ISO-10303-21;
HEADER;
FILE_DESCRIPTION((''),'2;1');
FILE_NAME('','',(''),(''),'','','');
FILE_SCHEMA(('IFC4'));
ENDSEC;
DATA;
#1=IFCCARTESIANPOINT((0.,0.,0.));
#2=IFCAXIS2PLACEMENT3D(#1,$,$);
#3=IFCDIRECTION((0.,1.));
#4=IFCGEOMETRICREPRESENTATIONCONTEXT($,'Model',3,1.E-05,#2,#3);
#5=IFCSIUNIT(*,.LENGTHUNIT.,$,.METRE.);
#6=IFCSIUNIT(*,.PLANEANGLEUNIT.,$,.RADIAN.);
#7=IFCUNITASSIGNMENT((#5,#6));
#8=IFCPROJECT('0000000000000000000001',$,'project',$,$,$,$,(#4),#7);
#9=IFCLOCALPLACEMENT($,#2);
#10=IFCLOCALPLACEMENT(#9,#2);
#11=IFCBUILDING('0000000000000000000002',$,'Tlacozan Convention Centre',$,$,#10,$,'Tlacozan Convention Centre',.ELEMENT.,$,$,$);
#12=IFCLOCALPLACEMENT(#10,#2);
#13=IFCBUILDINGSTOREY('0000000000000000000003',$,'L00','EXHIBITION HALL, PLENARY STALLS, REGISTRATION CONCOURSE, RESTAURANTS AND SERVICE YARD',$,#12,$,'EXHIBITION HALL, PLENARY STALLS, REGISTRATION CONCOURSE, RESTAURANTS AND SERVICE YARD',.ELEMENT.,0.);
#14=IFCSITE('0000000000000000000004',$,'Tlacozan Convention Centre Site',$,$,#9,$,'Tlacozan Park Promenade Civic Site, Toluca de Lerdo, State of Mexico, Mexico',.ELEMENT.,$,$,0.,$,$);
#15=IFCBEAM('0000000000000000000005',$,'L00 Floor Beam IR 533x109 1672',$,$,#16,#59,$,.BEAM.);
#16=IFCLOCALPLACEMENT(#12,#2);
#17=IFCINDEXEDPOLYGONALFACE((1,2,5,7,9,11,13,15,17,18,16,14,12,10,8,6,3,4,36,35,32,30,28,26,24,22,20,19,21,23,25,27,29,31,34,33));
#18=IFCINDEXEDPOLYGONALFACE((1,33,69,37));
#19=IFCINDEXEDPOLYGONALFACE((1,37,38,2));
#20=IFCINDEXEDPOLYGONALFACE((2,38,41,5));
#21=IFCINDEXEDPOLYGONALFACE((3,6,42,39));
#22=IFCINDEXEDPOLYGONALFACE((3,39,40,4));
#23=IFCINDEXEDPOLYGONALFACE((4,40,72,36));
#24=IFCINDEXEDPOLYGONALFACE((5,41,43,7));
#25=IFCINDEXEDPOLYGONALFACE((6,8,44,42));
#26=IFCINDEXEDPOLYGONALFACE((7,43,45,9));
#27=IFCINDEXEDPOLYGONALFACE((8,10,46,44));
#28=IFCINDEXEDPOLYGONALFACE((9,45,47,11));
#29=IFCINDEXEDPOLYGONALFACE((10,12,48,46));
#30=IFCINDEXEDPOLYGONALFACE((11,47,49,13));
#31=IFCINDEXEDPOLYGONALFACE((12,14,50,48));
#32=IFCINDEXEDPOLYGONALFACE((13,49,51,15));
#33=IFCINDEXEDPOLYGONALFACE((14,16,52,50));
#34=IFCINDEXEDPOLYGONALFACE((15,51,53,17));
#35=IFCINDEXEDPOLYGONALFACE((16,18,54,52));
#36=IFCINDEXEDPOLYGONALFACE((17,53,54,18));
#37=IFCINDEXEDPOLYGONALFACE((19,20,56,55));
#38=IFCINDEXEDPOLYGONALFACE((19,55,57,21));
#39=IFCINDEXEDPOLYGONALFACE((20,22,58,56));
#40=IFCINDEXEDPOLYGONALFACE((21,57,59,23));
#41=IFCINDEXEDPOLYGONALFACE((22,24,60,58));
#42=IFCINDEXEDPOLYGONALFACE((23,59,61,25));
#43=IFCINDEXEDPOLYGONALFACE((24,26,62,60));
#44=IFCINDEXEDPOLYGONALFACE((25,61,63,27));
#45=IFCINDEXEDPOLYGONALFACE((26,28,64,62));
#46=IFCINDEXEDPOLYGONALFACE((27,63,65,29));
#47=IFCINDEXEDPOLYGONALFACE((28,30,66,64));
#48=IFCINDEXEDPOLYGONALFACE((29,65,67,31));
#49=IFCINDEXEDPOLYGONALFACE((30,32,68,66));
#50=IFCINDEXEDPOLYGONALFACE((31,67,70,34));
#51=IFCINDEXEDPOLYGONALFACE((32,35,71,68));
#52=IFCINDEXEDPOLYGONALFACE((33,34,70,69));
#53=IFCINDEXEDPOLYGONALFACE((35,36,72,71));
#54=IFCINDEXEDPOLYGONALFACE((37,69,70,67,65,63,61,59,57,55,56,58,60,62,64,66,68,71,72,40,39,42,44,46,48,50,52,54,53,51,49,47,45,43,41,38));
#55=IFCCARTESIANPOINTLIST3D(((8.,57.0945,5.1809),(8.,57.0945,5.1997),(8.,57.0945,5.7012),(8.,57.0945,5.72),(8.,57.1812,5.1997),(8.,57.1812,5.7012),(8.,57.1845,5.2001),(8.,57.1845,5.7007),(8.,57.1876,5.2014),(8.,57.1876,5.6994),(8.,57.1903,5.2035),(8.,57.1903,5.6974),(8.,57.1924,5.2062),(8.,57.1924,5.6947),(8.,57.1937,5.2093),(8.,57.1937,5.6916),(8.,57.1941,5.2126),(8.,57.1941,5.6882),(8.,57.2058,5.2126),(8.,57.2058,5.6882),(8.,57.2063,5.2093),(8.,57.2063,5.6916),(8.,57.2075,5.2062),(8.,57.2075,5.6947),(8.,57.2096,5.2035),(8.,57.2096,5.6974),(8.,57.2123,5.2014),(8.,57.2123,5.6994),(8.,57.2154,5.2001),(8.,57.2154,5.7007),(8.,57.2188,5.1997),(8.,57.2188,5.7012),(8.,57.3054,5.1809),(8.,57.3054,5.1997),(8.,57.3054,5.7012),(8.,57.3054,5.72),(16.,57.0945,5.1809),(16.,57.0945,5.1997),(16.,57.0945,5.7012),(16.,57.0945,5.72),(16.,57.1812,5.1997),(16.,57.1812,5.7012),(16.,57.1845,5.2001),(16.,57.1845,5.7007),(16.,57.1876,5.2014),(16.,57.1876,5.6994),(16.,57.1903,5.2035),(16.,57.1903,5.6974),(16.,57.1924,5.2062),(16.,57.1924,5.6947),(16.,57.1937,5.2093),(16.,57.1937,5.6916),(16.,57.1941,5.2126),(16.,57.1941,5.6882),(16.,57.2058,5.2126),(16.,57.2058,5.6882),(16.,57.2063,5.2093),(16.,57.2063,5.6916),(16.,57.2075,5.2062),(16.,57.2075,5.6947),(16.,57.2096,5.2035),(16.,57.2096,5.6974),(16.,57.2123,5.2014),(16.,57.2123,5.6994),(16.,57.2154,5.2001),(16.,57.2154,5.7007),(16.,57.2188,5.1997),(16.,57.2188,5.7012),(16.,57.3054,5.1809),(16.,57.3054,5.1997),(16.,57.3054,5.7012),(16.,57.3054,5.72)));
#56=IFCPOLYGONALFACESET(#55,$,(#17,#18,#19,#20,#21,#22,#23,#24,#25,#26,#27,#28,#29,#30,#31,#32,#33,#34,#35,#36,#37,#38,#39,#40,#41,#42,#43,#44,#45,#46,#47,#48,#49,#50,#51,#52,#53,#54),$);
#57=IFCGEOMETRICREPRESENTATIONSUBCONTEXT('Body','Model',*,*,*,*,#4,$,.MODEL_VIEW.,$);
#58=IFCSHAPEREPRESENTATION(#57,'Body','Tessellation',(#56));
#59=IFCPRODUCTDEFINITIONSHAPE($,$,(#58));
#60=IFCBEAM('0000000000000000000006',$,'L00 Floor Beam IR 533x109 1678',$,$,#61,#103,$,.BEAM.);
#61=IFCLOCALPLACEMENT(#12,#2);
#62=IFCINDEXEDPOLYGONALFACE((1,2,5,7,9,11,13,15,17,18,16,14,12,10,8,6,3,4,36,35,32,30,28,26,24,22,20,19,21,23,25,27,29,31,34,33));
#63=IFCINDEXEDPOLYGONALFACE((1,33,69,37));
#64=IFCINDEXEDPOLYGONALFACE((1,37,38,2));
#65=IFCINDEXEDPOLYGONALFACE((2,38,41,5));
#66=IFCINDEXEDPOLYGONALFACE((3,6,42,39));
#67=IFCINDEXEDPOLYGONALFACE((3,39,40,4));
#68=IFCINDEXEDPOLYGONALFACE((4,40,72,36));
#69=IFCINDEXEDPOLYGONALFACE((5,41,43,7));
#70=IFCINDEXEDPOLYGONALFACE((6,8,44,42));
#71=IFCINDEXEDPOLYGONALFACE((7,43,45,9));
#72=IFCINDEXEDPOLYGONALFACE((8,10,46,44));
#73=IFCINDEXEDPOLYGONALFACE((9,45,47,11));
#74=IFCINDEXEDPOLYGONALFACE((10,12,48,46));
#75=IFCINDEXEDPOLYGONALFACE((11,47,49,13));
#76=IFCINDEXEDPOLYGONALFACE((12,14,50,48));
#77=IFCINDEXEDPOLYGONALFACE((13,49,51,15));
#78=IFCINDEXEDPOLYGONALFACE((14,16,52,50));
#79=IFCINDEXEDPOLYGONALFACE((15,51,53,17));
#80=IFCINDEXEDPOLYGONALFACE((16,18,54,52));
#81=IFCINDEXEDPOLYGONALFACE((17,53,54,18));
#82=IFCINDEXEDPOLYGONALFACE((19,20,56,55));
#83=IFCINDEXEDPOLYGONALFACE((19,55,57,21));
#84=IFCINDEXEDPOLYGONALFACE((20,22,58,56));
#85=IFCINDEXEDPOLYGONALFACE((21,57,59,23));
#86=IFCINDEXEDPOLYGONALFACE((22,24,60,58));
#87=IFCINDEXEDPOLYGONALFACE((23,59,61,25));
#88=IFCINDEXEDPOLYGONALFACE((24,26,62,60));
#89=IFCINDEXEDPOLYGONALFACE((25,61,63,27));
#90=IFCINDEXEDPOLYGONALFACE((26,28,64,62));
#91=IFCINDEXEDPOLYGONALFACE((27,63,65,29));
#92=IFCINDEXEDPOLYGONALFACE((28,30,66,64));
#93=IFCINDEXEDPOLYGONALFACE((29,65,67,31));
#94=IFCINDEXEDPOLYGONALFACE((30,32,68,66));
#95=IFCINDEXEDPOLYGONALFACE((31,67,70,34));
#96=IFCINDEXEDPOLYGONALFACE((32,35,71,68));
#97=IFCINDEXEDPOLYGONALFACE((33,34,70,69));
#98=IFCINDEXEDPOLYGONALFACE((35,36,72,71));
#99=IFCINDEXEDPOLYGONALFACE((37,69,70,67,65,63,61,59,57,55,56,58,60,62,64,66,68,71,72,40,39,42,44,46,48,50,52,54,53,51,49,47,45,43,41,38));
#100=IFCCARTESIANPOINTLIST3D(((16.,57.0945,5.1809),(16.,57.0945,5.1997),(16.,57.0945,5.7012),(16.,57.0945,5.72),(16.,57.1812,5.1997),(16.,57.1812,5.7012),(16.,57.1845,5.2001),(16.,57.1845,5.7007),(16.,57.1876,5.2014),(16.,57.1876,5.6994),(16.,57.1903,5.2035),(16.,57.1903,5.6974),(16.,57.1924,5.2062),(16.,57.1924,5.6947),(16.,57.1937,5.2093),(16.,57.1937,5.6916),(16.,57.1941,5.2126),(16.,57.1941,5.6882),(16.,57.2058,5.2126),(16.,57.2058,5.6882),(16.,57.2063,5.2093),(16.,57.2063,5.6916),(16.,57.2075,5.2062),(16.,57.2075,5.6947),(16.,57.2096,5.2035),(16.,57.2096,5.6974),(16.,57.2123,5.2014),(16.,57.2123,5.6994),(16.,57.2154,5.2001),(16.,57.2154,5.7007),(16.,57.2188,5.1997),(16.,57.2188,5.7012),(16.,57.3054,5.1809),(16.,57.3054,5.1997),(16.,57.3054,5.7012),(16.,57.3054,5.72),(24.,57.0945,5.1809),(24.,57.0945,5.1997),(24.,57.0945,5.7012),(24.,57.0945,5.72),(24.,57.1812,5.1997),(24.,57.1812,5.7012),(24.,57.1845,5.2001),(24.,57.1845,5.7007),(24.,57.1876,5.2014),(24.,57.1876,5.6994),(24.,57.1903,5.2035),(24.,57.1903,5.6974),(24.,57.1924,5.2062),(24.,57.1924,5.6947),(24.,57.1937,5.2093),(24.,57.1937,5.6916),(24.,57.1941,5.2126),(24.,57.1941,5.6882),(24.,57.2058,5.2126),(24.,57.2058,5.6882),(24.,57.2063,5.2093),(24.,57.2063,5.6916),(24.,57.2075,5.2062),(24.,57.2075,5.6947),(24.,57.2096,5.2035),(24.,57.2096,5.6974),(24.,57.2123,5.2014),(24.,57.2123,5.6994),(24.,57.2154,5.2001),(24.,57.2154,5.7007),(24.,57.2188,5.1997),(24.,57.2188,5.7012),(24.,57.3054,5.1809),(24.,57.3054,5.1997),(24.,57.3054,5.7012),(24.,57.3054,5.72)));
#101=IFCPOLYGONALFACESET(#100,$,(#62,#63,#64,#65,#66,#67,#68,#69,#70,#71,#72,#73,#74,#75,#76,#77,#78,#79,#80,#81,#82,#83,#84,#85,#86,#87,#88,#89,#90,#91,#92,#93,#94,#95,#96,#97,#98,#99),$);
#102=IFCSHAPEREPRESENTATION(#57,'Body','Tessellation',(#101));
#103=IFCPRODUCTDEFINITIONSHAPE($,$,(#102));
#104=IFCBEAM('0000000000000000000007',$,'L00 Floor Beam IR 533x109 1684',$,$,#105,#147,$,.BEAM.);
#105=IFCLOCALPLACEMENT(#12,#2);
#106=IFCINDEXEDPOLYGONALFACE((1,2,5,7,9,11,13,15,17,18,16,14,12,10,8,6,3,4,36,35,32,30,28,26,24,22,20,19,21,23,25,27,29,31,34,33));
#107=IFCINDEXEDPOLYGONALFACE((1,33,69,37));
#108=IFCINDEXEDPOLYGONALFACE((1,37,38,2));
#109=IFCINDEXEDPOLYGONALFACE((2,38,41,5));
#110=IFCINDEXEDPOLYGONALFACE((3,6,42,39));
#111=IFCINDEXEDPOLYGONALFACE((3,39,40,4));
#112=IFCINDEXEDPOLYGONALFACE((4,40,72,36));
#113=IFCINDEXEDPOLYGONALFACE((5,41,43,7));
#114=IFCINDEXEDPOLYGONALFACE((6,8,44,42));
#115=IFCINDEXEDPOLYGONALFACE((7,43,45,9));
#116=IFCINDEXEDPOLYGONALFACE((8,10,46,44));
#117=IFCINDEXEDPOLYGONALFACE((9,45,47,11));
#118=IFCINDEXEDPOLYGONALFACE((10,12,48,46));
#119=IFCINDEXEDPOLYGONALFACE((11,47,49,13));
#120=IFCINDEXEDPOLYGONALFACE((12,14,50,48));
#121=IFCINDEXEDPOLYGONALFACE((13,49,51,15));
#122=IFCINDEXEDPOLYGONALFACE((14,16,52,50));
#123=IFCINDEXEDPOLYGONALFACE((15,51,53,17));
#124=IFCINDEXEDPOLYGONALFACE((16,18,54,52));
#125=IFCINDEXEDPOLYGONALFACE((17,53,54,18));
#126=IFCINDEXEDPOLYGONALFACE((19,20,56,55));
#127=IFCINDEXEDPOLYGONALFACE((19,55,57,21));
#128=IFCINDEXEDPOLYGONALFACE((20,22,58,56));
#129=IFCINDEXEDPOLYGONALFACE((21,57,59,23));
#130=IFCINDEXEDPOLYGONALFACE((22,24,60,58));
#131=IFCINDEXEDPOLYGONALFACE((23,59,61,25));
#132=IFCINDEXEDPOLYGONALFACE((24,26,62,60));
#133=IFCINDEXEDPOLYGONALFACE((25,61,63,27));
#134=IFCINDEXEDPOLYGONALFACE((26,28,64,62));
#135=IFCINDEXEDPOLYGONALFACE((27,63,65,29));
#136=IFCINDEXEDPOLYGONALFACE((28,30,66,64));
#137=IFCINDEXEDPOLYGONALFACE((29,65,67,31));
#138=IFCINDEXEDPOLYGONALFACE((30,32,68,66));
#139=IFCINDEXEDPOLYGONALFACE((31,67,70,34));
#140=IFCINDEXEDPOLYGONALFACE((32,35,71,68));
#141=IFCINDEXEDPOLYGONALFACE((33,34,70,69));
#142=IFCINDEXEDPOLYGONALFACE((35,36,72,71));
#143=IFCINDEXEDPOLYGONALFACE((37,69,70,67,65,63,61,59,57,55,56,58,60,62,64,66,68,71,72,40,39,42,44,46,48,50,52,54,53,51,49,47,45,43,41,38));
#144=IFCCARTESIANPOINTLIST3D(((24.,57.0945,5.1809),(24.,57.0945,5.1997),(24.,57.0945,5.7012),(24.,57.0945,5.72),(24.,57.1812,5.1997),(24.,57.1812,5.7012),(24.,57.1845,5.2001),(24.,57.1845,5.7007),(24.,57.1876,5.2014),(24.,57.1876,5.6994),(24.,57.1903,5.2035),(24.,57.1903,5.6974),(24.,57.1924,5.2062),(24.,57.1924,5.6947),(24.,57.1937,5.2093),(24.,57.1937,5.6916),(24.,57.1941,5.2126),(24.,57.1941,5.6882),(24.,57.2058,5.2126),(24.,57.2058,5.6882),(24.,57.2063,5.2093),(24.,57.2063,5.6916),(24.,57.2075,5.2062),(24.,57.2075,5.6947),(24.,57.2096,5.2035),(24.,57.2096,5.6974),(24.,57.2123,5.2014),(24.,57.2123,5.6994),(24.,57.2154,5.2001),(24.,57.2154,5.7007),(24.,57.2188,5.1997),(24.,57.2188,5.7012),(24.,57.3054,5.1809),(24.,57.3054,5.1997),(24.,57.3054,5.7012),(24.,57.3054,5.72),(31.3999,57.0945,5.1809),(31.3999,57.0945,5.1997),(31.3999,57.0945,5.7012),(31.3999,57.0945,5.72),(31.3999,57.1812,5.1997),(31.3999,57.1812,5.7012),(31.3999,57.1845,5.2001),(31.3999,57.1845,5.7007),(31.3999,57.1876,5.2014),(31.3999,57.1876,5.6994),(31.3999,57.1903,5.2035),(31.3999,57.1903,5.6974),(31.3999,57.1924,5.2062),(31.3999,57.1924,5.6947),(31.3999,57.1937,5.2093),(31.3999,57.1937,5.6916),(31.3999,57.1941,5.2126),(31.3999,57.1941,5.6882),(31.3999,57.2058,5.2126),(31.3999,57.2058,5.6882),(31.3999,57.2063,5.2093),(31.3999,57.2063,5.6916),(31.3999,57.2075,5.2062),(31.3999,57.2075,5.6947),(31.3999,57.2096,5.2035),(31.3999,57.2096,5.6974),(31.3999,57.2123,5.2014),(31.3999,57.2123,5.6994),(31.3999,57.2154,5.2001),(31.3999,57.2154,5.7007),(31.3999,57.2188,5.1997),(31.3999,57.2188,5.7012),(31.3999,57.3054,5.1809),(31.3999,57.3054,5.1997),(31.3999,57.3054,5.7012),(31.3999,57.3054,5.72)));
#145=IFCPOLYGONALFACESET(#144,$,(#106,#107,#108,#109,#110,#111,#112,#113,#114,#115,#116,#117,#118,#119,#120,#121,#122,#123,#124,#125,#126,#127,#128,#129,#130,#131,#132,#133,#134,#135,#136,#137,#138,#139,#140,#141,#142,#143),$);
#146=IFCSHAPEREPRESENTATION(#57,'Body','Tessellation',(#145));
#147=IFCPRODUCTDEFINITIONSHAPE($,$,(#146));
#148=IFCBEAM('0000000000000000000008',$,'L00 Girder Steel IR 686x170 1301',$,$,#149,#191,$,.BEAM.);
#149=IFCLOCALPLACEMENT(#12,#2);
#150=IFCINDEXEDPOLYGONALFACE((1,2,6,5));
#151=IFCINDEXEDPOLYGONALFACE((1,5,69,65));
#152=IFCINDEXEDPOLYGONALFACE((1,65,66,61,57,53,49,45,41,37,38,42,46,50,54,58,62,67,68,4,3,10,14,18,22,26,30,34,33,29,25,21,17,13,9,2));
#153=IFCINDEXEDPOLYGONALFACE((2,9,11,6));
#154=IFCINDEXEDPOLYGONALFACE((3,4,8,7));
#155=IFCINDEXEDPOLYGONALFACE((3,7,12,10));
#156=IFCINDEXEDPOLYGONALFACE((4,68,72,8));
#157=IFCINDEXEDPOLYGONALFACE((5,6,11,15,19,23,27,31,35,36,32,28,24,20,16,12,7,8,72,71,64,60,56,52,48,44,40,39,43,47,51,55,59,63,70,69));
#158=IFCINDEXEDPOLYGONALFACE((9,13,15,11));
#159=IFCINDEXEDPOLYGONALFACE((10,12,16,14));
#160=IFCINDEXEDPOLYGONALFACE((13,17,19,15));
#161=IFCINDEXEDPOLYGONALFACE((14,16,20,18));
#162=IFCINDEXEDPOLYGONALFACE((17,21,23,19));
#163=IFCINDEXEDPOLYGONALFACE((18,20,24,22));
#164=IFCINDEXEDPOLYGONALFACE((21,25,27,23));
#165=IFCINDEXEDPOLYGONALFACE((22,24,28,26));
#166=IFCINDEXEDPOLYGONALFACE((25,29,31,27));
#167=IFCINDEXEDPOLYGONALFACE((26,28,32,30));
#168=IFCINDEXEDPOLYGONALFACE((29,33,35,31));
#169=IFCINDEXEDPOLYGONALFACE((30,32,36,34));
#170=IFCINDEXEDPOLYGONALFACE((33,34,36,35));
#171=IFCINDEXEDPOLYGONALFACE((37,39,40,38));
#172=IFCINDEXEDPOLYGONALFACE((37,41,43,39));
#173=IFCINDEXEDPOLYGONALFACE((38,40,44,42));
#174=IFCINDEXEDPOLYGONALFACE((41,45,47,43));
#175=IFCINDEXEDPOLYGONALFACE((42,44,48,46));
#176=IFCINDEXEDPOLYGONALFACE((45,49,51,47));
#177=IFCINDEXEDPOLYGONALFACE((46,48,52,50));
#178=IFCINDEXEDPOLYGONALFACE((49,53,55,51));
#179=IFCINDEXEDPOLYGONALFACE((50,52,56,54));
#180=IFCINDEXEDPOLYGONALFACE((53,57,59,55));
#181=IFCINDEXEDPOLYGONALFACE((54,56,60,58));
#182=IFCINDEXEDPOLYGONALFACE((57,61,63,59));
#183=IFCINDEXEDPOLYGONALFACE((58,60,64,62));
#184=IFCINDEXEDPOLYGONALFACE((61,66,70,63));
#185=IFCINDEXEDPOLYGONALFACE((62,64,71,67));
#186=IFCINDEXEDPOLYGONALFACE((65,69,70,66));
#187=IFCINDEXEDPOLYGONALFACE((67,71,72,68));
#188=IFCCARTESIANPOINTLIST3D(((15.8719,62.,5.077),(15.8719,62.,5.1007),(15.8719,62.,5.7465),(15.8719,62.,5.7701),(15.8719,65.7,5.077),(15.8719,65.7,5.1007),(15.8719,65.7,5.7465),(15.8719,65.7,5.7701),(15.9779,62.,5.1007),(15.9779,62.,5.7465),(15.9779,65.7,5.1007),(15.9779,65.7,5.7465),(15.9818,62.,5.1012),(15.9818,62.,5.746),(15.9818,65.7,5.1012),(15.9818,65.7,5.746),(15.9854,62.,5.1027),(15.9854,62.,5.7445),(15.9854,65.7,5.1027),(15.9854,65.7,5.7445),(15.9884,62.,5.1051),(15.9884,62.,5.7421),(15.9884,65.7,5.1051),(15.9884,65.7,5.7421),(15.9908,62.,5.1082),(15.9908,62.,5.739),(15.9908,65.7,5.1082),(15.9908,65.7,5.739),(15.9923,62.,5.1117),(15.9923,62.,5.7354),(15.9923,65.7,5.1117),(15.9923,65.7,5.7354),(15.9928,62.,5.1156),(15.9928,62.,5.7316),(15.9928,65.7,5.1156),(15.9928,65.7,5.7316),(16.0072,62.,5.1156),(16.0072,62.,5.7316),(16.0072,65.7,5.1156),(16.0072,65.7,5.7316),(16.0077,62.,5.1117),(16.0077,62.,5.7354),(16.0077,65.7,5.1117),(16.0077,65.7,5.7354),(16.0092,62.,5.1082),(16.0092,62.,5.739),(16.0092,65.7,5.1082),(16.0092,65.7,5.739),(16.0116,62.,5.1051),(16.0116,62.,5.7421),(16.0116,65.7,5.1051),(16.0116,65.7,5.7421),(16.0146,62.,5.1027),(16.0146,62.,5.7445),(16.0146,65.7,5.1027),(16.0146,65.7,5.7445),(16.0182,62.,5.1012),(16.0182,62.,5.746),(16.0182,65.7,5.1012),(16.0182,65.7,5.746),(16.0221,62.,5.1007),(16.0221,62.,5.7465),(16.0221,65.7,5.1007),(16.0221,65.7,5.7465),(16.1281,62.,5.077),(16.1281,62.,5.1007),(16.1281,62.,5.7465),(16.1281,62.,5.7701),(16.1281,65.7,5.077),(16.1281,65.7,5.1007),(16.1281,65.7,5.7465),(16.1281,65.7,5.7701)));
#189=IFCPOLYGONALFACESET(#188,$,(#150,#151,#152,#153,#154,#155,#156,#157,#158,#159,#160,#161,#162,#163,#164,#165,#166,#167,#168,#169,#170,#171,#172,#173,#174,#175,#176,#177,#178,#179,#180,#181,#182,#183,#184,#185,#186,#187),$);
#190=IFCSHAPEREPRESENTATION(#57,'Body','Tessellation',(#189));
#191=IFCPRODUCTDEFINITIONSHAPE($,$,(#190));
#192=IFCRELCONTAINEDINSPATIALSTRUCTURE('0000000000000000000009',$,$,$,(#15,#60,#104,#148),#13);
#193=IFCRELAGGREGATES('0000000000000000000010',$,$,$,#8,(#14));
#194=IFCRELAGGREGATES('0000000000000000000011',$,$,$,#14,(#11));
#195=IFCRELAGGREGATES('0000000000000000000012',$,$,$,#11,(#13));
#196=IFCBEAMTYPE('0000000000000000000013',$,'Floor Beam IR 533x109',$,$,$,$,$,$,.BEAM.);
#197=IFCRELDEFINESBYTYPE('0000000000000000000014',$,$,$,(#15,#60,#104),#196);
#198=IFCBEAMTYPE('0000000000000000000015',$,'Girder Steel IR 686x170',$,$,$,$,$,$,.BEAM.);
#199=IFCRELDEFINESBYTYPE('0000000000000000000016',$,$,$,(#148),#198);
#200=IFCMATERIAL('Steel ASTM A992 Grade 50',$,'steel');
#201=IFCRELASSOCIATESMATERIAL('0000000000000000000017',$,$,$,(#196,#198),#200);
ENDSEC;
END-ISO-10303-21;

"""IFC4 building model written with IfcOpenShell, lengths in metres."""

from ifc_helpers import new_model, si_unit, direction, frame, origin, origin_2d, place, context, subcontext, project, spatial, i_section, extrude, material, material_profile, profile_set, type_object, element, save


model = new_model("IFC4")

# Units and contexts
model_context = context("Model", 3, precision=1e-05, world=origin(), true_north=direction((0.0, 1.0)))
body_context = subcontext(model_context, "Body", "Model", "MODEL_VIEW")
ifc_project = project(units=[si_unit("LENGTHUNIT", "METRE"), si_unit("PLANEANGLEUNIT", "RADIAN")], contexts=[model_context])

# Site, building, storey
site_placement = place(None, origin())
site = spatial("IfcSite", under=ifc_project, at=site_placement, Name="Tlacozan Convention Centre Site", LongName="Tlacozan Park Promenade Civic Site, Toluca de Lerdo, State of Mexico, Mexico", CompositionType="ELEMENT", RefElevation=0.0)
building_placement = place(site_placement, origin())
building = spatial("IfcBuilding", under=site, at=building_placement, Name="Tlacozan Convention Centre", LongName="Tlacozan Convention Centre", CompositionType="ELEMENT")
storey_placement = place(building_placement, origin())
storey = spatial("IfcBuildingStorey", under=building, at=storey_placement, Name="L00", Description="EXHIBITION HALL, PLENARY STALLS, REGISTRATION CONCOURSE, RESTAURANTS AND SERVICE YARD", LongName="EXHIBITION HALL, PLENARY STALLS, REGISTRATION CONCOURSE, RESTAURANTS AND SERVICE YARD", CompositionType="ELEMENT", Elevation=0.0)

# Shared definitions
ifc_material_1 = material(Name="Steel ASTM A992 Grade 50", Category="steel")

# Beams
ifc_material_profile_1 = material_profile(ifc_material_1, i_section(OverallWidth=0.2109, OverallDepth=0.5391, WebThickness=0.0117, FlangeThickness=0.0188, FilletRadius=0.0129, at=origin_2d()), Name="IR 533x109.0")
ifc_profile_set_1 = profile_set([ifc_material_profile_1], Name="Steel ASTM A992 Grade 50")
beam_type_1 = type_object("IfcBeamType", Name="Floor Beam IR 533x109", PredefinedType="BEAM", material=ifc_profile_set_1)
for number, where, z_axis, x_axis, name in (
    (1, (8.0, 57.2, 5.4504), (1.0, 0.0, 0.0), (0.0, 1.0, 0.0), "L00 Floor Beam IR 533x109 1672"),
    (2, (16.0, 57.2, 5.4504), (1.0, 0.0, 0.0), (0.0, 1.0, 0.0), "L00 Floor Beam IR 533x109 1678"),
):
    element("IfcBeam", number, at=place(storey_placement, frame(where, z_axis=z_axis, x_axis=x_axis)), inside=storey, type_object=beam_type_1, Name=name, PredefinedType="BEAM", context=body_context, shape_type="SweptSolid", body=[
        extrude(i_section(OverallWidth=0.2109, OverallDepth=0.5391, WebThickness=0.0117, FlangeThickness=0.0188, FilletRadius=0.0129, at=origin_2d()), origin(), (0.0, 0.0, 1.0), 8.0),
    ])
beam_1_placement = place(storey_placement, frame((24.0, 57.2, 5.4504), z_axis=(1.0, 0.0, 0.0), x_axis=(0.0, 1.0, 0.0)))
element("IfcBeam", 3, at=beam_1_placement, inside=storey, type_object=beam_type_1, Name="L00 Floor Beam IR 533x109 1684", PredefinedType="BEAM", context=body_context, shape_type="SweptSolid", body=[
    extrude(i_section(OverallWidth=0.2109, OverallDepth=0.5391, WebThickness=0.0117, FlangeThickness=0.0188, FilletRadius=0.0129, at=origin_2d()), origin(), (0.0, 0.0, 1.0), 7.3999),
])
ifc_material_profile_2 = material_profile(ifc_material_1, i_section(OverallWidth=0.2561, OverallDepth=0.6931, WebThickness=0.0144, FlangeThickness=0.0237, FilletRadius=0.0149, at=origin_2d()), Name="IR 686x170.0")
ifc_profile_set_2 = profile_set([ifc_material_profile_2], Name="Steel ASTM A992 Grade 50")
beam_type_2 = type_object("IfcBeamType", Name="Girder Steel IR 686x170", PredefinedType="BEAM", material=ifc_profile_set_2)
beam_2_placement = place(storey_placement, frame((16.0, 62.0, 5.4236), z_axis=(0.0, 1.0, 0.0), x_axis=(-1.0, 0.0, 0.0)))
element("IfcBeam", 4, at=beam_2_placement, inside=storey, type_object=beam_type_2, Name="L00 Girder Steel IR 686x170 1301", PredefinedType="BEAM", context=body_context, shape_type="SweptSolid", body=[
    extrude(i_section(OverallWidth=0.2561, OverallDepth=0.6931, WebThickness=0.0144, FlangeThickness=0.0237, FilletRadius=0.0149, at=origin_2d()), origin(), (0.0, 0.0, 1.0), 3.7),
])

save(model, "model.ifc")
